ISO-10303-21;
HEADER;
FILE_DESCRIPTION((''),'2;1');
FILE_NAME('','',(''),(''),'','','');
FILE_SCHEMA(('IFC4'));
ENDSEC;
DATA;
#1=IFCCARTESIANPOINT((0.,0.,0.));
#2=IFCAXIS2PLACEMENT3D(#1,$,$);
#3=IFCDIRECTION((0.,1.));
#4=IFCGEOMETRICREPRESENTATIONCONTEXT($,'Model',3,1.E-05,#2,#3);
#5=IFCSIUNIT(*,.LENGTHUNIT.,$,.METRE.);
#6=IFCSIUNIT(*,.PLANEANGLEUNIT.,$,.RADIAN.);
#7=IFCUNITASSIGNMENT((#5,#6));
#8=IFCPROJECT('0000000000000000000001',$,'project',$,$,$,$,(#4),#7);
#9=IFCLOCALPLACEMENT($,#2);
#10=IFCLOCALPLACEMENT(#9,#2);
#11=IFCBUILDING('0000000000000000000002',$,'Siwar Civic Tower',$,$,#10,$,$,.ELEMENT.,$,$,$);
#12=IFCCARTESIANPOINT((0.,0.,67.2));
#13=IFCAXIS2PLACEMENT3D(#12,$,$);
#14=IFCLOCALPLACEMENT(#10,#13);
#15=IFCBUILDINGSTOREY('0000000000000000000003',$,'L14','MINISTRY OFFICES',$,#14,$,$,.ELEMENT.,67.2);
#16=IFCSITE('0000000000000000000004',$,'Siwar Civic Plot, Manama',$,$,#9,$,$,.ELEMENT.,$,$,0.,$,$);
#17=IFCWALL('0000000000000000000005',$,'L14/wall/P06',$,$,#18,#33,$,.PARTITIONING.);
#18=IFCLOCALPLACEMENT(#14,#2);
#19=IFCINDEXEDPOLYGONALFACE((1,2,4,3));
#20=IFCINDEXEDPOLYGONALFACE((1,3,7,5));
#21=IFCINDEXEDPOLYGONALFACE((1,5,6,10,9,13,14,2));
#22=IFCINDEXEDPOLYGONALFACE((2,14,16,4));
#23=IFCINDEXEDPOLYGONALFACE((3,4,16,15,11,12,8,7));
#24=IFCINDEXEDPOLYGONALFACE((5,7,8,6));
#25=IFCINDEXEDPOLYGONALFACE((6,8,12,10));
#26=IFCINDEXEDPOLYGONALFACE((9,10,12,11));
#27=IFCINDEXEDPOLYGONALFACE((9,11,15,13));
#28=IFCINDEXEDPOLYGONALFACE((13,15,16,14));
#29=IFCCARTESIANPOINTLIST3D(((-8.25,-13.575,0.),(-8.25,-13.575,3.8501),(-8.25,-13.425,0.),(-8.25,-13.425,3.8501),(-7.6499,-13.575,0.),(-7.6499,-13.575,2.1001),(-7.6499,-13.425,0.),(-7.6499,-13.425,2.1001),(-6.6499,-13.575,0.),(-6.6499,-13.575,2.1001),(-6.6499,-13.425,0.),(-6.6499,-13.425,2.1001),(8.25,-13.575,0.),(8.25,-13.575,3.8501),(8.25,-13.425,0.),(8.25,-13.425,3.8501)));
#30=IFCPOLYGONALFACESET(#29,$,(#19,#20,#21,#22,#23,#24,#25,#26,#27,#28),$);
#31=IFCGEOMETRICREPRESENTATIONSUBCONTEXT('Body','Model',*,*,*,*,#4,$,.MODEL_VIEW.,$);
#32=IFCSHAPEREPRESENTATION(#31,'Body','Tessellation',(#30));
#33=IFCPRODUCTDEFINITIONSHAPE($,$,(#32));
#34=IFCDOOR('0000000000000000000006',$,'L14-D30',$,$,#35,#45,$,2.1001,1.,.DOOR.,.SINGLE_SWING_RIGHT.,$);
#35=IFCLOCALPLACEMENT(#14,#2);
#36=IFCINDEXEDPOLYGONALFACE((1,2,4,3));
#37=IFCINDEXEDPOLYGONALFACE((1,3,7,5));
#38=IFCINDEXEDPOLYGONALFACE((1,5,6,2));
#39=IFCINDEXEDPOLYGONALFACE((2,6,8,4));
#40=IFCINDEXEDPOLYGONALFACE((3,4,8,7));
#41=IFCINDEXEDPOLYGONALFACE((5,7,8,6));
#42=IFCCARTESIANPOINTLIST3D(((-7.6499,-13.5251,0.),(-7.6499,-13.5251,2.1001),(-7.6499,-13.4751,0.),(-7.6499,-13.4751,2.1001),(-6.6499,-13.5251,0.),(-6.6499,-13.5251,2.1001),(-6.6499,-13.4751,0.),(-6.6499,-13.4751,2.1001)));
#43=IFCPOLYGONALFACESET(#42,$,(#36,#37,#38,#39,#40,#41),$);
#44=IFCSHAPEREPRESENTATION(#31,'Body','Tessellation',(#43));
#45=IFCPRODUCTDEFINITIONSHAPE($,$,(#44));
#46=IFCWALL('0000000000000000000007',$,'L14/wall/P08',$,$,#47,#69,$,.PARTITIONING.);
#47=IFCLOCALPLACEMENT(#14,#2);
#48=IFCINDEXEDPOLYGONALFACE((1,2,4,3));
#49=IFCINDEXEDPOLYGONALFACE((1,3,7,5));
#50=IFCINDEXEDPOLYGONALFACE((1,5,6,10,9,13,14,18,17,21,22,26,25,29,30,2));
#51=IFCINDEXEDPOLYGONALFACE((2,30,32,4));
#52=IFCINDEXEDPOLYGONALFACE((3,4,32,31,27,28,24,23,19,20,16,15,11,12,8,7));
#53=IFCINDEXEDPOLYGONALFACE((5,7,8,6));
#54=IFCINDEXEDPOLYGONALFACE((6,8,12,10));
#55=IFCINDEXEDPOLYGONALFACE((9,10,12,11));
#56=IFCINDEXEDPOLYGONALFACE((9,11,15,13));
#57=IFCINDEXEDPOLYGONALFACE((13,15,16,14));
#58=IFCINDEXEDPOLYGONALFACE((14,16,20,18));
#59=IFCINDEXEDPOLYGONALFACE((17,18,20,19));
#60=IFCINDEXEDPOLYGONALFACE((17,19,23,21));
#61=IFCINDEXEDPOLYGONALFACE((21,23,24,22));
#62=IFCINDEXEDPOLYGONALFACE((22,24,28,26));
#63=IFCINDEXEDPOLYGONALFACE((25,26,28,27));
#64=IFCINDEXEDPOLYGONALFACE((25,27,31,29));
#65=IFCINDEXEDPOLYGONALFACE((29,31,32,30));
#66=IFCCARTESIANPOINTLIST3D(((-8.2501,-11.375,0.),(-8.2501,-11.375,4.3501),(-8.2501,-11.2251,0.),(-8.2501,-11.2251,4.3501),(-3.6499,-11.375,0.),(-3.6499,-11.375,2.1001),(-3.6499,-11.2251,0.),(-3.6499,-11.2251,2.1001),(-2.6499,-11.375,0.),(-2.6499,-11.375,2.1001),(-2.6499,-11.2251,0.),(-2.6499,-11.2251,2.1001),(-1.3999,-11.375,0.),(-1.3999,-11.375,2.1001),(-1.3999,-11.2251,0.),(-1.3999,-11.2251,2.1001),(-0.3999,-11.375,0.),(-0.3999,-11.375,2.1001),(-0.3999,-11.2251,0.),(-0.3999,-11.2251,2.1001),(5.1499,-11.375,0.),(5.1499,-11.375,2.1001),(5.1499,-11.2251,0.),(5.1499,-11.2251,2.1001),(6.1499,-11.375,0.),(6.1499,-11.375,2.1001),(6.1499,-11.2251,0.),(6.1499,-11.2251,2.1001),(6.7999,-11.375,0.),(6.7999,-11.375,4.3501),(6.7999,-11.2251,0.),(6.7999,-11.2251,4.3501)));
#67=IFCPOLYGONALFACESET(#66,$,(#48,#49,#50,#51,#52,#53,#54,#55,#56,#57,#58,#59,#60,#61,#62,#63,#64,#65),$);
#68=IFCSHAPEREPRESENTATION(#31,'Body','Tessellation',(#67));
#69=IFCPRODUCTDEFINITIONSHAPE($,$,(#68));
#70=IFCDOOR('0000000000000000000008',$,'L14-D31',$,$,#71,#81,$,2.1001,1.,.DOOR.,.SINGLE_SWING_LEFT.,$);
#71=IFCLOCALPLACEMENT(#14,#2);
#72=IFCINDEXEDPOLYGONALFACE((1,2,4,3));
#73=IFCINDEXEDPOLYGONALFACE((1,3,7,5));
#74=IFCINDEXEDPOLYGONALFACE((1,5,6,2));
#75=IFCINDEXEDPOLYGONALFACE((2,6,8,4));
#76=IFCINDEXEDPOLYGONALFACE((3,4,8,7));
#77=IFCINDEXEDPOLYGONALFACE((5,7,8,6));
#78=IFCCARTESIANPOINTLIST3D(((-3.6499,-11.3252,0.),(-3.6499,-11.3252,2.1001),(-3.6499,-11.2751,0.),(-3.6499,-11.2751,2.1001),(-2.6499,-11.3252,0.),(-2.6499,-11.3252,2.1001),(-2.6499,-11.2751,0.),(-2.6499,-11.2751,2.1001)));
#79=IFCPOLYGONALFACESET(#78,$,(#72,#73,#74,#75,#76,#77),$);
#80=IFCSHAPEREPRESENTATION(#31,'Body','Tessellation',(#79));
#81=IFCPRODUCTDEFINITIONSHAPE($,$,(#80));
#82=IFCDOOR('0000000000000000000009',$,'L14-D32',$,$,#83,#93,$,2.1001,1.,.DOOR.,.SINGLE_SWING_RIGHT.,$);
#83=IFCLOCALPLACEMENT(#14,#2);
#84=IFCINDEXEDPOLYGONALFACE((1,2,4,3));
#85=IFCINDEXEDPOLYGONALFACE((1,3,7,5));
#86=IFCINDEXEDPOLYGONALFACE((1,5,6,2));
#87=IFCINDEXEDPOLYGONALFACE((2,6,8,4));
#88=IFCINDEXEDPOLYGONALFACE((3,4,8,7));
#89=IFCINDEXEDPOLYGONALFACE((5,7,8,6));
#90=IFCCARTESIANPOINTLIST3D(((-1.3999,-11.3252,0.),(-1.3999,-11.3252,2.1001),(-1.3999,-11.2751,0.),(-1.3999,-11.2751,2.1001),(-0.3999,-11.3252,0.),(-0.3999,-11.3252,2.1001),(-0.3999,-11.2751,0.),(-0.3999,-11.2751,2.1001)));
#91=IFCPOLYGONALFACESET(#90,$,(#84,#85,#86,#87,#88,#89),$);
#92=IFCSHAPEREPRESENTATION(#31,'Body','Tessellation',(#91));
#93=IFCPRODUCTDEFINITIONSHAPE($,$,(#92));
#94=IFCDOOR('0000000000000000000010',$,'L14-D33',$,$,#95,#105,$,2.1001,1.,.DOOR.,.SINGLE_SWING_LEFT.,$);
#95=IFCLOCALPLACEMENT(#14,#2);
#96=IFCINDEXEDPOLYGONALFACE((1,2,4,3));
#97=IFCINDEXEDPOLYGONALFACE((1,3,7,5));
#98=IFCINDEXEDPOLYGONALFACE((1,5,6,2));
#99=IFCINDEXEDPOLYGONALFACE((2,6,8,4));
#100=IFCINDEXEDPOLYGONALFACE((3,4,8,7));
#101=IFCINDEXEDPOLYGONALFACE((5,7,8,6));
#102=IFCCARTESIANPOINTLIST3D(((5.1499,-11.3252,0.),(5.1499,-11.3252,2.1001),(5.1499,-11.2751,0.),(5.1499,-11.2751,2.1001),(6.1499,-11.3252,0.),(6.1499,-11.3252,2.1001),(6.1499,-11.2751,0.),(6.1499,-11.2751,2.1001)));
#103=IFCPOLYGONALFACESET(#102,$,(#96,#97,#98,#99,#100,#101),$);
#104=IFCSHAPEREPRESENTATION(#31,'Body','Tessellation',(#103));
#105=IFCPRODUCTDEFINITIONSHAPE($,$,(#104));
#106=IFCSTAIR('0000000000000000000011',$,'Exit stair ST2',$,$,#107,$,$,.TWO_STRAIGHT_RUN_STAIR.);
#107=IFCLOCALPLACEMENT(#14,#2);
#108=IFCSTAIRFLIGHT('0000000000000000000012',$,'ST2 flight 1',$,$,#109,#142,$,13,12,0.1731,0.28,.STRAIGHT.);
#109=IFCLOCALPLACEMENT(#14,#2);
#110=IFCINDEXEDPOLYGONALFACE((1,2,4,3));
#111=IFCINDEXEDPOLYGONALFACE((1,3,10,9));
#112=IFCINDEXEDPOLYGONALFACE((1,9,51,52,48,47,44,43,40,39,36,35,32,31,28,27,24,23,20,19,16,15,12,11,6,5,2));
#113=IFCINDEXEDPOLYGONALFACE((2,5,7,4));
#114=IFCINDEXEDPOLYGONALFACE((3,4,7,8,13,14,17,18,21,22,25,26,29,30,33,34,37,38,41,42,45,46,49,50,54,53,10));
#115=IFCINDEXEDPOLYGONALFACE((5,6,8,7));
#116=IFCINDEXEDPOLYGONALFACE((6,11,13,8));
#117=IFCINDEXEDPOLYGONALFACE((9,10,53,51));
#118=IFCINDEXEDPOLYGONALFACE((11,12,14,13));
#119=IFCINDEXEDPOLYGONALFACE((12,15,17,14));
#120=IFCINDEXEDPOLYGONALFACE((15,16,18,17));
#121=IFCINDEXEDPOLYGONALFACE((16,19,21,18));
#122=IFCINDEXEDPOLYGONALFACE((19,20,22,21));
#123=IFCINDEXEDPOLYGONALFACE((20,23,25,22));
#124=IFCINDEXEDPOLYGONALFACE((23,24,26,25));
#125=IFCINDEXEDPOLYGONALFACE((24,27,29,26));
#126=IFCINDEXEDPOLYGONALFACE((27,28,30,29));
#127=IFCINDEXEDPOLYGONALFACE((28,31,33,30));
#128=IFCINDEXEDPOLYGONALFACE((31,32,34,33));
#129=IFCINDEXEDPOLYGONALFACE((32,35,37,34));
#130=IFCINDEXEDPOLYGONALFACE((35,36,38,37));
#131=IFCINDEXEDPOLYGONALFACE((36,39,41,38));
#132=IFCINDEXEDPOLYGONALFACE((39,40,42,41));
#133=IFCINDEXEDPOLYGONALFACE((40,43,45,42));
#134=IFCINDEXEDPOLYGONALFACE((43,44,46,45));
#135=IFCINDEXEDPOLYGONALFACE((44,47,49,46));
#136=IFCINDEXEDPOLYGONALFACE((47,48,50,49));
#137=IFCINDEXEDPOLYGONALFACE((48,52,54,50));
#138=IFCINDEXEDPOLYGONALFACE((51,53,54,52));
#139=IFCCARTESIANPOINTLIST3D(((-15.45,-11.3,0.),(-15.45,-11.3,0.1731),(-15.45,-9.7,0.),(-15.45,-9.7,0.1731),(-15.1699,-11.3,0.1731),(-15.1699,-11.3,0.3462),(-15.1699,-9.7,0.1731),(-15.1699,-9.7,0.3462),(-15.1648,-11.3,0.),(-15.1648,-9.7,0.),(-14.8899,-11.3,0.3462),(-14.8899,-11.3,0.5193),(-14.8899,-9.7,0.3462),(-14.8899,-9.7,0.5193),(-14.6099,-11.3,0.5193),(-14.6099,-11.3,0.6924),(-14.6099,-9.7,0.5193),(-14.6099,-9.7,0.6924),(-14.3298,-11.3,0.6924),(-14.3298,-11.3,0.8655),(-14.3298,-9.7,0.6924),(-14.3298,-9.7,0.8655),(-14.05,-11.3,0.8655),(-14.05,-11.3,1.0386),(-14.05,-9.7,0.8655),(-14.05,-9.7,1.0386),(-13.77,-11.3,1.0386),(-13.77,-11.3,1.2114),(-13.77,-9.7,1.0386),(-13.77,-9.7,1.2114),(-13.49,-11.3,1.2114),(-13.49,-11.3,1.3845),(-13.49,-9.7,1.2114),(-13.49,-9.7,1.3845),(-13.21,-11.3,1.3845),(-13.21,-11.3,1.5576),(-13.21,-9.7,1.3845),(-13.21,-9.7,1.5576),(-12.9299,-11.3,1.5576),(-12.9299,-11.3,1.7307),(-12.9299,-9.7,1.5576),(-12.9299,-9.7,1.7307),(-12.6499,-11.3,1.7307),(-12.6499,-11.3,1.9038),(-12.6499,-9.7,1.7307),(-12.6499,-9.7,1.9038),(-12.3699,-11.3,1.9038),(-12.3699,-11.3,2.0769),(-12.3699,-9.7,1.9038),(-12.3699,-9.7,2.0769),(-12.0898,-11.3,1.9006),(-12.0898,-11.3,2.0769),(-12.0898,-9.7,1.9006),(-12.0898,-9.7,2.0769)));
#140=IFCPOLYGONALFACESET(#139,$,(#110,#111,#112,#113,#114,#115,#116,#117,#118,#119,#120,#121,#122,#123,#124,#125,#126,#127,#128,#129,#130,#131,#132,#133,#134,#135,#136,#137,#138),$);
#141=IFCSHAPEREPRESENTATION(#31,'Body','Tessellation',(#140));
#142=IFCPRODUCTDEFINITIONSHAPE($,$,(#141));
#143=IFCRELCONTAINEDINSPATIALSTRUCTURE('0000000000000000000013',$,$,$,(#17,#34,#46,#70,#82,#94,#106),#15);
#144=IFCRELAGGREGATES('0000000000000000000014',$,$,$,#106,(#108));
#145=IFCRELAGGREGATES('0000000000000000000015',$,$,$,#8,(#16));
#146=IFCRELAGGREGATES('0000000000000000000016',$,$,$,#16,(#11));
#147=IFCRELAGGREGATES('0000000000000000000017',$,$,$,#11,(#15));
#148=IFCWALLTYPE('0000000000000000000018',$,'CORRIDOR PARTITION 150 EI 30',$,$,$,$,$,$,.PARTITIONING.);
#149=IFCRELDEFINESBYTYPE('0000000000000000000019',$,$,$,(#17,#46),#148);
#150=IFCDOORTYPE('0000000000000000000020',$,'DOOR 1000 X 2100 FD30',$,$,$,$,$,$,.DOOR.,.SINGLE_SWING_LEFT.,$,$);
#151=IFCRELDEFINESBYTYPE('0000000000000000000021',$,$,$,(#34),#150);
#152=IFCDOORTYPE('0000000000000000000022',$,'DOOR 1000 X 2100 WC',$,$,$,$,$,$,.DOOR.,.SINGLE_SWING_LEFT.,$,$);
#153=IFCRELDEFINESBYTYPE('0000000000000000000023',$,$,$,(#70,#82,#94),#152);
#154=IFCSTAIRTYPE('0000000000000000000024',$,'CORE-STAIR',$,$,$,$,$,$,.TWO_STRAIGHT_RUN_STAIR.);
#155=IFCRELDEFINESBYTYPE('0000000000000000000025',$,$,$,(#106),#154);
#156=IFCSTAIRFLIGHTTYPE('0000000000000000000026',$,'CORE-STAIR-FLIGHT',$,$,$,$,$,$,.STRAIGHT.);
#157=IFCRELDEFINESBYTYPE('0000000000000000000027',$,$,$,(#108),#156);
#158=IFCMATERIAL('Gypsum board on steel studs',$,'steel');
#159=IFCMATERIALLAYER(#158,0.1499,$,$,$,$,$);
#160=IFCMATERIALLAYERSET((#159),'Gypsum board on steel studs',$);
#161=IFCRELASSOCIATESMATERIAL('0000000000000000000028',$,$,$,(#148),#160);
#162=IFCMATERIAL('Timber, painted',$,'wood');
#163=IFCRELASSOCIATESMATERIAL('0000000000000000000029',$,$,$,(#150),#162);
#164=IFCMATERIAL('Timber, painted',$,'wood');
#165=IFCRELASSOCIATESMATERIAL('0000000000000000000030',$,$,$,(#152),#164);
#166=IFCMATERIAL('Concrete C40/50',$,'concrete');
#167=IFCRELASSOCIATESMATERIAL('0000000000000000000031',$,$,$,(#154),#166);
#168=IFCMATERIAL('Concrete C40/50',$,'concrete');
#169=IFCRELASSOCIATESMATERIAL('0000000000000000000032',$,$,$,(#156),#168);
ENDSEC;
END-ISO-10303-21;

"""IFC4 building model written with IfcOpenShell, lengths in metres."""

from ifc_helpers import new_model, si_unit, direction, frame, frame_2d, origin, place, context, subcontext, project, spatial, polyline, rectangle, outline, extrude, material, layer, layer_set, type_object, element, fill, aggregate, save


model = new_model("IFC4")

# Units and contexts
model_context = context("Model", 3, precision=1e-05, world=origin(), true_north=direction((0.0, 1.0)))
body_context = subcontext(model_context, "Body", "Model", "MODEL_VIEW")
ifc_project = project(units=[si_unit("LENGTHUNIT", "METRE"), si_unit("PLANEANGLEUNIT", "RADIAN")], contexts=[model_context])

# Site, building, storey
site_placement = place(None, origin())
site = spatial("IfcSite", under=ifc_project, at=site_placement, Name="Siwar Civic Plot, Manama", CompositionType="ELEMENT", RefElevation=0.0)
building_placement = place(site_placement, origin())
building = spatial("IfcBuilding", under=site, at=building_placement, Name="Siwar Civic Tower", CompositionType="ELEMENT")
storey_placement = place(building_placement, frame((0.0, 0.0, 67.2)))
storey = spatial("IfcBuildingStorey", under=building, at=storey_placement, Name="L14", Description="MINISTRY OFFICES", CompositionType="ELEMENT", Elevation=67.2)

# Wall, opening, door
ifc_material_1 = material(Name="Gypsum board on steel studs", Category="steel")
ifc_layer_1 = layer(ifc_material_1, 0.1499)
ifc_layer_set_1 = layer_set([ifc_layer_1], Name="Gypsum board on steel studs")
wall_type_1 = type_object("IfcWallType", Name="CORRIDOR PARTITION 150 EI 30", PredefinedType="PARTITIONING", material=ifc_layer_set_1)
wall_1_placement = place(storey_placement, frame((-8.25, -13.5, 0.0), z_axis=(0.0, 0.0, 1.0), x_axis=(1.0, 0.0, 0.0)))
wall_1 = element("IfcWall", 1, at=wall_1_placement, inside=storey, type_object=wall_type_1, Name="L14/wall/P06", PredefinedType="PARTITIONING", context=body_context, shape_type="SweptSolid", body=[
    extrude(rectangle(XDim=16.5, YDim=0.1499, at=frame_2d((8.25, 0.0))), origin(), (0.0, 0.0, 1.0), 3.8501),
])
opening_1_placement = place(wall_1_placement, frame((0.6001, 0.0, 0.0)))
opening_1 = element("IfcOpeningElement", 2, at=opening_1_placement, cuts=wall_1, PredefinedType="OPENING", context=body_context, shape_type="SweptSolid", body=[
    extrude(rectangle(XDim=1.0, YDim=2.1001, at=frame_2d((0.5, 1.05))), frame((0.0, 0.085, 0.0), z_axis=(0.0, -1.0, 0.0), x_axis=(1.0, 0.0, 0.0)), (0.0, 0.0, 1.0), 0.1699),
])
ifc_material_2 = material(Name="Timber, painted", Category="wood")
door_type_1 = type_object("IfcDoorType", Name="DOOR 1000 X 2100 FD30", OperationType="SINGLE_SWING_LEFT", PredefinedType="DOOR", material=ifc_material_2)
door_1_placement = place(opening_1_placement, origin())
door_1 = element("IfcDoor", 3, at=door_1_placement, inside=storey, type_object=door_type_1, Name="L14-D30", OperationType="SINGLE_SWING_RIGHT", OverallHeight=2.1001, OverallWidth=1.0, PredefinedType="DOOR", context=body_context, shape_type="SweptSolid", body=[
    extrude(rectangle(XDim=1.0, YDim=2.1001, at=frame_2d((0.5, 1.05))), frame((0.0, 0.0249, 0.0), z_axis=(0.0, -1.0, 0.0), x_axis=(1.0, 0.0, 0.0)), (0.0, 0.0, 1.0), 0.05),
])
fill(opening_1, door_1)

# Wall, openings, doors
wall_2_placement = place(storey_placement, frame((-8.25, -11.3, 0.0), z_axis=(0.0, 0.0, 1.0), x_axis=(1.0, 0.0, 0.0)))
wall_2 = element("IfcWall", 4, at=wall_2_placement, inside=storey, type_object=wall_type_1, Name="L14/wall/P08", PredefinedType="PARTITIONING", context=body_context, shape_type="SweptSolid", body=[
    extrude(rectangle(XDim=15.05, YDim=0.1499, at=frame_2d((7.5249, 0.0))), origin(), (0.0, 0.0, 1.0), 4.3501),
])
opening_2_placement = place(wall_2_placement, frame((4.6001, 0.0, 0.0)))
opening_2 = element("IfcOpeningElement", 5, at=opening_2_placement, cuts=wall_2, PredefinedType="OPENING", context=body_context, shape_type="SweptSolid", body=[
    extrude(rectangle(XDim=1.0, YDim=2.1001, at=frame_2d((0.5, 1.05))), frame((0.0, 0.085, 0.0), z_axis=(0.0, -1.0, 0.0), x_axis=(1.0, 0.0, 0.0)), (0.0, 0.0, 1.0), 0.1699),
])
opening_3_placement = place(wall_2_placement, frame((6.8501, 0.0, 0.0)))
opening_3 = element("IfcOpeningElement", 6, at=opening_3_placement, cuts=wall_2, PredefinedType="OPENING", context=body_context, shape_type="SweptSolid", body=[
    extrude(rectangle(XDim=1.0, YDim=2.1001, at=frame_2d((0.5, 1.05))), frame((0.0, 0.085, 0.0), z_axis=(0.0, -1.0, 0.0), x_axis=(1.0, 0.0, 0.0)), (0.0, 0.0, 1.0), 0.1699),
])
opening_4_placement = place(wall_2_placement, frame((13.3999, 0.0, 0.0)))
opening_4 = element("IfcOpeningElement", 7, at=opening_4_placement, cuts=wall_2, PredefinedType="OPENING", context=body_context, shape_type="SweptSolid", body=[
    extrude(rectangle(XDim=1.0, YDim=2.1001, at=frame_2d((0.5, 1.05))), frame((0.0, 0.085, 0.0), z_axis=(0.0, -1.0, 0.0), x_axis=(1.0, 0.0, 0.0)), (0.0, 0.0, 1.0), 0.1699),
])
ifc_material_3 = material(Name="Timber, painted", Category="wood")
door_type_2 = type_object("IfcDoorType", Name="DOOR 1000 X 2100 WC", OperationType="SINGLE_SWING_LEFT", PredefinedType="DOOR", material=ifc_material_3)
door_2_placement = place(opening_2_placement, origin())
door_2 = element("IfcDoor", 8, at=door_2_placement, inside=storey, type_object=door_type_2, Name="L14-D31", OperationType="SINGLE_SWING_LEFT", OverallHeight=2.1001, OverallWidth=1.0, PredefinedType="DOOR", context=body_context, shape_type="SweptSolid", body=[
    extrude(rectangle(XDim=1.0, YDim=2.1001, at=frame_2d((0.5, 1.05))), frame((0.0, 0.0249, 0.0), z_axis=(0.0, -1.0, 0.0), x_axis=(1.0, 0.0, 0.0)), (0.0, 0.0, 1.0), 0.05),
])
fill(opening_2, door_2)
door_3_placement = place(opening_3_placement, origin())
door_3 = element("IfcDoor", 9, at=door_3_placement, inside=storey, type_object=door_type_2, Name="L14-D32", OperationType="SINGLE_SWING_RIGHT", OverallHeight=2.1001, OverallWidth=1.0, PredefinedType="DOOR", context=body_context, shape_type="SweptSolid", body=[
    extrude(rectangle(XDim=1.0, YDim=2.1001, at=frame_2d((0.5, 1.05))), frame((0.0, 0.0249, 0.0), z_axis=(0.0, -1.0, 0.0), x_axis=(1.0, 0.0, 0.0)), (0.0, 0.0, 1.0), 0.05),
])
fill(opening_3, door_3)
door_4_placement = place(opening_4_placement, origin())
door_4 = element("IfcDoor", 10, at=door_4_placement, inside=storey, type_object=door_type_2, Name="L14-D33", OperationType="SINGLE_SWING_LEFT", OverallHeight=2.1001, OverallWidth=1.0, PredefinedType="DOOR", context=body_context, shape_type="SweptSolid", body=[
    extrude(rectangle(XDim=1.0, YDim=2.1001, at=frame_2d((0.5, 1.05))), frame((0.0, 0.0249, 0.0), z_axis=(0.0, -1.0, 0.0), x_axis=(1.0, 0.0, 0.0)), (0.0, 0.0, 1.0), 0.05),
])
fill(opening_4, door_4)

# Stair, stair flight
ifc_material_4 = material(Name="Concrete C40/50", Category="concrete")
stair_type = type_object("IfcStairType", Name="CORE-STAIR", PredefinedType="TWO_STRAIGHT_RUN_STAIR", material=ifc_material_4)
stair_placement = place(storey_placement, origin())
stair = element("IfcStair", 11, at=stair_placement, inside=storey, type_object=stair_type, Name="Exit stair ST2", PredefinedType="TWO_STRAIGHT_RUN_STAIR")
ifc_material_5 = material(Name="Concrete C40/50", Category="concrete")
stair_flight_type = type_object("IfcStairFlightType", Name="CORE-STAIR-FLIGHT", PredefinedType="STRAIGHT", material=ifc_material_5)
stair_flight_1_placement = place(storey_placement, frame((-15.45, -10.5, 0.0), z_axis=(0.0, 0.0, 1.0), x_axis=(1.0, 0.0, 0.0)))
stair_flight_1 = element("IfcStairFlight", 12, at=stair_flight_1_placement, type_object=stair_flight_type, Name="ST2 flight 1", NumberOfRisers=13, NumberOfTreads=12, PredefinedType="STRAIGHT", RiserHeight=0.1731, TreadLength=0.28, context=body_context, shape_type="SweptSolid", body=[
    extrude(outline(polyline([(0.0, 0.0), (0.0, 0.1731), (0.28, 0.1731), (0.28, 0.3462), (0.5601, 0.3462), (0.5601, 0.5193), (0.8401, 0.5193), (0.8401, 0.6924), (1.1201, 0.6924), (1.1201, 0.8655), (1.3999, 0.8655), (1.3999, 1.0386), (1.6799, 1.0386), (1.6799, 1.2114), (1.96, 1.2114), (1.96, 1.3845), (2.24, 1.3845), (2.24, 1.5576), (2.52, 1.5576), (2.52, 1.7307), (2.8, 1.7307), (2.8, 1.9038), (3.0801, 1.9038), (3.0801, 2.0769), (3.3601, 2.0769), (3.3601, 2.25), (3.3601, 1.9006), (0.2852, 0.0), (0.0, 0.0)])), frame((0.0, 0.8, 0.0), z_axis=(0.0, -1.0, 0.0), x_axis=(1.0, 0.0, 0.0)), (0.0, 0.0, 1.0), 1.6001),
])
aggregate(stair, [stair_flight_1])

save(model, "model.ifc")
